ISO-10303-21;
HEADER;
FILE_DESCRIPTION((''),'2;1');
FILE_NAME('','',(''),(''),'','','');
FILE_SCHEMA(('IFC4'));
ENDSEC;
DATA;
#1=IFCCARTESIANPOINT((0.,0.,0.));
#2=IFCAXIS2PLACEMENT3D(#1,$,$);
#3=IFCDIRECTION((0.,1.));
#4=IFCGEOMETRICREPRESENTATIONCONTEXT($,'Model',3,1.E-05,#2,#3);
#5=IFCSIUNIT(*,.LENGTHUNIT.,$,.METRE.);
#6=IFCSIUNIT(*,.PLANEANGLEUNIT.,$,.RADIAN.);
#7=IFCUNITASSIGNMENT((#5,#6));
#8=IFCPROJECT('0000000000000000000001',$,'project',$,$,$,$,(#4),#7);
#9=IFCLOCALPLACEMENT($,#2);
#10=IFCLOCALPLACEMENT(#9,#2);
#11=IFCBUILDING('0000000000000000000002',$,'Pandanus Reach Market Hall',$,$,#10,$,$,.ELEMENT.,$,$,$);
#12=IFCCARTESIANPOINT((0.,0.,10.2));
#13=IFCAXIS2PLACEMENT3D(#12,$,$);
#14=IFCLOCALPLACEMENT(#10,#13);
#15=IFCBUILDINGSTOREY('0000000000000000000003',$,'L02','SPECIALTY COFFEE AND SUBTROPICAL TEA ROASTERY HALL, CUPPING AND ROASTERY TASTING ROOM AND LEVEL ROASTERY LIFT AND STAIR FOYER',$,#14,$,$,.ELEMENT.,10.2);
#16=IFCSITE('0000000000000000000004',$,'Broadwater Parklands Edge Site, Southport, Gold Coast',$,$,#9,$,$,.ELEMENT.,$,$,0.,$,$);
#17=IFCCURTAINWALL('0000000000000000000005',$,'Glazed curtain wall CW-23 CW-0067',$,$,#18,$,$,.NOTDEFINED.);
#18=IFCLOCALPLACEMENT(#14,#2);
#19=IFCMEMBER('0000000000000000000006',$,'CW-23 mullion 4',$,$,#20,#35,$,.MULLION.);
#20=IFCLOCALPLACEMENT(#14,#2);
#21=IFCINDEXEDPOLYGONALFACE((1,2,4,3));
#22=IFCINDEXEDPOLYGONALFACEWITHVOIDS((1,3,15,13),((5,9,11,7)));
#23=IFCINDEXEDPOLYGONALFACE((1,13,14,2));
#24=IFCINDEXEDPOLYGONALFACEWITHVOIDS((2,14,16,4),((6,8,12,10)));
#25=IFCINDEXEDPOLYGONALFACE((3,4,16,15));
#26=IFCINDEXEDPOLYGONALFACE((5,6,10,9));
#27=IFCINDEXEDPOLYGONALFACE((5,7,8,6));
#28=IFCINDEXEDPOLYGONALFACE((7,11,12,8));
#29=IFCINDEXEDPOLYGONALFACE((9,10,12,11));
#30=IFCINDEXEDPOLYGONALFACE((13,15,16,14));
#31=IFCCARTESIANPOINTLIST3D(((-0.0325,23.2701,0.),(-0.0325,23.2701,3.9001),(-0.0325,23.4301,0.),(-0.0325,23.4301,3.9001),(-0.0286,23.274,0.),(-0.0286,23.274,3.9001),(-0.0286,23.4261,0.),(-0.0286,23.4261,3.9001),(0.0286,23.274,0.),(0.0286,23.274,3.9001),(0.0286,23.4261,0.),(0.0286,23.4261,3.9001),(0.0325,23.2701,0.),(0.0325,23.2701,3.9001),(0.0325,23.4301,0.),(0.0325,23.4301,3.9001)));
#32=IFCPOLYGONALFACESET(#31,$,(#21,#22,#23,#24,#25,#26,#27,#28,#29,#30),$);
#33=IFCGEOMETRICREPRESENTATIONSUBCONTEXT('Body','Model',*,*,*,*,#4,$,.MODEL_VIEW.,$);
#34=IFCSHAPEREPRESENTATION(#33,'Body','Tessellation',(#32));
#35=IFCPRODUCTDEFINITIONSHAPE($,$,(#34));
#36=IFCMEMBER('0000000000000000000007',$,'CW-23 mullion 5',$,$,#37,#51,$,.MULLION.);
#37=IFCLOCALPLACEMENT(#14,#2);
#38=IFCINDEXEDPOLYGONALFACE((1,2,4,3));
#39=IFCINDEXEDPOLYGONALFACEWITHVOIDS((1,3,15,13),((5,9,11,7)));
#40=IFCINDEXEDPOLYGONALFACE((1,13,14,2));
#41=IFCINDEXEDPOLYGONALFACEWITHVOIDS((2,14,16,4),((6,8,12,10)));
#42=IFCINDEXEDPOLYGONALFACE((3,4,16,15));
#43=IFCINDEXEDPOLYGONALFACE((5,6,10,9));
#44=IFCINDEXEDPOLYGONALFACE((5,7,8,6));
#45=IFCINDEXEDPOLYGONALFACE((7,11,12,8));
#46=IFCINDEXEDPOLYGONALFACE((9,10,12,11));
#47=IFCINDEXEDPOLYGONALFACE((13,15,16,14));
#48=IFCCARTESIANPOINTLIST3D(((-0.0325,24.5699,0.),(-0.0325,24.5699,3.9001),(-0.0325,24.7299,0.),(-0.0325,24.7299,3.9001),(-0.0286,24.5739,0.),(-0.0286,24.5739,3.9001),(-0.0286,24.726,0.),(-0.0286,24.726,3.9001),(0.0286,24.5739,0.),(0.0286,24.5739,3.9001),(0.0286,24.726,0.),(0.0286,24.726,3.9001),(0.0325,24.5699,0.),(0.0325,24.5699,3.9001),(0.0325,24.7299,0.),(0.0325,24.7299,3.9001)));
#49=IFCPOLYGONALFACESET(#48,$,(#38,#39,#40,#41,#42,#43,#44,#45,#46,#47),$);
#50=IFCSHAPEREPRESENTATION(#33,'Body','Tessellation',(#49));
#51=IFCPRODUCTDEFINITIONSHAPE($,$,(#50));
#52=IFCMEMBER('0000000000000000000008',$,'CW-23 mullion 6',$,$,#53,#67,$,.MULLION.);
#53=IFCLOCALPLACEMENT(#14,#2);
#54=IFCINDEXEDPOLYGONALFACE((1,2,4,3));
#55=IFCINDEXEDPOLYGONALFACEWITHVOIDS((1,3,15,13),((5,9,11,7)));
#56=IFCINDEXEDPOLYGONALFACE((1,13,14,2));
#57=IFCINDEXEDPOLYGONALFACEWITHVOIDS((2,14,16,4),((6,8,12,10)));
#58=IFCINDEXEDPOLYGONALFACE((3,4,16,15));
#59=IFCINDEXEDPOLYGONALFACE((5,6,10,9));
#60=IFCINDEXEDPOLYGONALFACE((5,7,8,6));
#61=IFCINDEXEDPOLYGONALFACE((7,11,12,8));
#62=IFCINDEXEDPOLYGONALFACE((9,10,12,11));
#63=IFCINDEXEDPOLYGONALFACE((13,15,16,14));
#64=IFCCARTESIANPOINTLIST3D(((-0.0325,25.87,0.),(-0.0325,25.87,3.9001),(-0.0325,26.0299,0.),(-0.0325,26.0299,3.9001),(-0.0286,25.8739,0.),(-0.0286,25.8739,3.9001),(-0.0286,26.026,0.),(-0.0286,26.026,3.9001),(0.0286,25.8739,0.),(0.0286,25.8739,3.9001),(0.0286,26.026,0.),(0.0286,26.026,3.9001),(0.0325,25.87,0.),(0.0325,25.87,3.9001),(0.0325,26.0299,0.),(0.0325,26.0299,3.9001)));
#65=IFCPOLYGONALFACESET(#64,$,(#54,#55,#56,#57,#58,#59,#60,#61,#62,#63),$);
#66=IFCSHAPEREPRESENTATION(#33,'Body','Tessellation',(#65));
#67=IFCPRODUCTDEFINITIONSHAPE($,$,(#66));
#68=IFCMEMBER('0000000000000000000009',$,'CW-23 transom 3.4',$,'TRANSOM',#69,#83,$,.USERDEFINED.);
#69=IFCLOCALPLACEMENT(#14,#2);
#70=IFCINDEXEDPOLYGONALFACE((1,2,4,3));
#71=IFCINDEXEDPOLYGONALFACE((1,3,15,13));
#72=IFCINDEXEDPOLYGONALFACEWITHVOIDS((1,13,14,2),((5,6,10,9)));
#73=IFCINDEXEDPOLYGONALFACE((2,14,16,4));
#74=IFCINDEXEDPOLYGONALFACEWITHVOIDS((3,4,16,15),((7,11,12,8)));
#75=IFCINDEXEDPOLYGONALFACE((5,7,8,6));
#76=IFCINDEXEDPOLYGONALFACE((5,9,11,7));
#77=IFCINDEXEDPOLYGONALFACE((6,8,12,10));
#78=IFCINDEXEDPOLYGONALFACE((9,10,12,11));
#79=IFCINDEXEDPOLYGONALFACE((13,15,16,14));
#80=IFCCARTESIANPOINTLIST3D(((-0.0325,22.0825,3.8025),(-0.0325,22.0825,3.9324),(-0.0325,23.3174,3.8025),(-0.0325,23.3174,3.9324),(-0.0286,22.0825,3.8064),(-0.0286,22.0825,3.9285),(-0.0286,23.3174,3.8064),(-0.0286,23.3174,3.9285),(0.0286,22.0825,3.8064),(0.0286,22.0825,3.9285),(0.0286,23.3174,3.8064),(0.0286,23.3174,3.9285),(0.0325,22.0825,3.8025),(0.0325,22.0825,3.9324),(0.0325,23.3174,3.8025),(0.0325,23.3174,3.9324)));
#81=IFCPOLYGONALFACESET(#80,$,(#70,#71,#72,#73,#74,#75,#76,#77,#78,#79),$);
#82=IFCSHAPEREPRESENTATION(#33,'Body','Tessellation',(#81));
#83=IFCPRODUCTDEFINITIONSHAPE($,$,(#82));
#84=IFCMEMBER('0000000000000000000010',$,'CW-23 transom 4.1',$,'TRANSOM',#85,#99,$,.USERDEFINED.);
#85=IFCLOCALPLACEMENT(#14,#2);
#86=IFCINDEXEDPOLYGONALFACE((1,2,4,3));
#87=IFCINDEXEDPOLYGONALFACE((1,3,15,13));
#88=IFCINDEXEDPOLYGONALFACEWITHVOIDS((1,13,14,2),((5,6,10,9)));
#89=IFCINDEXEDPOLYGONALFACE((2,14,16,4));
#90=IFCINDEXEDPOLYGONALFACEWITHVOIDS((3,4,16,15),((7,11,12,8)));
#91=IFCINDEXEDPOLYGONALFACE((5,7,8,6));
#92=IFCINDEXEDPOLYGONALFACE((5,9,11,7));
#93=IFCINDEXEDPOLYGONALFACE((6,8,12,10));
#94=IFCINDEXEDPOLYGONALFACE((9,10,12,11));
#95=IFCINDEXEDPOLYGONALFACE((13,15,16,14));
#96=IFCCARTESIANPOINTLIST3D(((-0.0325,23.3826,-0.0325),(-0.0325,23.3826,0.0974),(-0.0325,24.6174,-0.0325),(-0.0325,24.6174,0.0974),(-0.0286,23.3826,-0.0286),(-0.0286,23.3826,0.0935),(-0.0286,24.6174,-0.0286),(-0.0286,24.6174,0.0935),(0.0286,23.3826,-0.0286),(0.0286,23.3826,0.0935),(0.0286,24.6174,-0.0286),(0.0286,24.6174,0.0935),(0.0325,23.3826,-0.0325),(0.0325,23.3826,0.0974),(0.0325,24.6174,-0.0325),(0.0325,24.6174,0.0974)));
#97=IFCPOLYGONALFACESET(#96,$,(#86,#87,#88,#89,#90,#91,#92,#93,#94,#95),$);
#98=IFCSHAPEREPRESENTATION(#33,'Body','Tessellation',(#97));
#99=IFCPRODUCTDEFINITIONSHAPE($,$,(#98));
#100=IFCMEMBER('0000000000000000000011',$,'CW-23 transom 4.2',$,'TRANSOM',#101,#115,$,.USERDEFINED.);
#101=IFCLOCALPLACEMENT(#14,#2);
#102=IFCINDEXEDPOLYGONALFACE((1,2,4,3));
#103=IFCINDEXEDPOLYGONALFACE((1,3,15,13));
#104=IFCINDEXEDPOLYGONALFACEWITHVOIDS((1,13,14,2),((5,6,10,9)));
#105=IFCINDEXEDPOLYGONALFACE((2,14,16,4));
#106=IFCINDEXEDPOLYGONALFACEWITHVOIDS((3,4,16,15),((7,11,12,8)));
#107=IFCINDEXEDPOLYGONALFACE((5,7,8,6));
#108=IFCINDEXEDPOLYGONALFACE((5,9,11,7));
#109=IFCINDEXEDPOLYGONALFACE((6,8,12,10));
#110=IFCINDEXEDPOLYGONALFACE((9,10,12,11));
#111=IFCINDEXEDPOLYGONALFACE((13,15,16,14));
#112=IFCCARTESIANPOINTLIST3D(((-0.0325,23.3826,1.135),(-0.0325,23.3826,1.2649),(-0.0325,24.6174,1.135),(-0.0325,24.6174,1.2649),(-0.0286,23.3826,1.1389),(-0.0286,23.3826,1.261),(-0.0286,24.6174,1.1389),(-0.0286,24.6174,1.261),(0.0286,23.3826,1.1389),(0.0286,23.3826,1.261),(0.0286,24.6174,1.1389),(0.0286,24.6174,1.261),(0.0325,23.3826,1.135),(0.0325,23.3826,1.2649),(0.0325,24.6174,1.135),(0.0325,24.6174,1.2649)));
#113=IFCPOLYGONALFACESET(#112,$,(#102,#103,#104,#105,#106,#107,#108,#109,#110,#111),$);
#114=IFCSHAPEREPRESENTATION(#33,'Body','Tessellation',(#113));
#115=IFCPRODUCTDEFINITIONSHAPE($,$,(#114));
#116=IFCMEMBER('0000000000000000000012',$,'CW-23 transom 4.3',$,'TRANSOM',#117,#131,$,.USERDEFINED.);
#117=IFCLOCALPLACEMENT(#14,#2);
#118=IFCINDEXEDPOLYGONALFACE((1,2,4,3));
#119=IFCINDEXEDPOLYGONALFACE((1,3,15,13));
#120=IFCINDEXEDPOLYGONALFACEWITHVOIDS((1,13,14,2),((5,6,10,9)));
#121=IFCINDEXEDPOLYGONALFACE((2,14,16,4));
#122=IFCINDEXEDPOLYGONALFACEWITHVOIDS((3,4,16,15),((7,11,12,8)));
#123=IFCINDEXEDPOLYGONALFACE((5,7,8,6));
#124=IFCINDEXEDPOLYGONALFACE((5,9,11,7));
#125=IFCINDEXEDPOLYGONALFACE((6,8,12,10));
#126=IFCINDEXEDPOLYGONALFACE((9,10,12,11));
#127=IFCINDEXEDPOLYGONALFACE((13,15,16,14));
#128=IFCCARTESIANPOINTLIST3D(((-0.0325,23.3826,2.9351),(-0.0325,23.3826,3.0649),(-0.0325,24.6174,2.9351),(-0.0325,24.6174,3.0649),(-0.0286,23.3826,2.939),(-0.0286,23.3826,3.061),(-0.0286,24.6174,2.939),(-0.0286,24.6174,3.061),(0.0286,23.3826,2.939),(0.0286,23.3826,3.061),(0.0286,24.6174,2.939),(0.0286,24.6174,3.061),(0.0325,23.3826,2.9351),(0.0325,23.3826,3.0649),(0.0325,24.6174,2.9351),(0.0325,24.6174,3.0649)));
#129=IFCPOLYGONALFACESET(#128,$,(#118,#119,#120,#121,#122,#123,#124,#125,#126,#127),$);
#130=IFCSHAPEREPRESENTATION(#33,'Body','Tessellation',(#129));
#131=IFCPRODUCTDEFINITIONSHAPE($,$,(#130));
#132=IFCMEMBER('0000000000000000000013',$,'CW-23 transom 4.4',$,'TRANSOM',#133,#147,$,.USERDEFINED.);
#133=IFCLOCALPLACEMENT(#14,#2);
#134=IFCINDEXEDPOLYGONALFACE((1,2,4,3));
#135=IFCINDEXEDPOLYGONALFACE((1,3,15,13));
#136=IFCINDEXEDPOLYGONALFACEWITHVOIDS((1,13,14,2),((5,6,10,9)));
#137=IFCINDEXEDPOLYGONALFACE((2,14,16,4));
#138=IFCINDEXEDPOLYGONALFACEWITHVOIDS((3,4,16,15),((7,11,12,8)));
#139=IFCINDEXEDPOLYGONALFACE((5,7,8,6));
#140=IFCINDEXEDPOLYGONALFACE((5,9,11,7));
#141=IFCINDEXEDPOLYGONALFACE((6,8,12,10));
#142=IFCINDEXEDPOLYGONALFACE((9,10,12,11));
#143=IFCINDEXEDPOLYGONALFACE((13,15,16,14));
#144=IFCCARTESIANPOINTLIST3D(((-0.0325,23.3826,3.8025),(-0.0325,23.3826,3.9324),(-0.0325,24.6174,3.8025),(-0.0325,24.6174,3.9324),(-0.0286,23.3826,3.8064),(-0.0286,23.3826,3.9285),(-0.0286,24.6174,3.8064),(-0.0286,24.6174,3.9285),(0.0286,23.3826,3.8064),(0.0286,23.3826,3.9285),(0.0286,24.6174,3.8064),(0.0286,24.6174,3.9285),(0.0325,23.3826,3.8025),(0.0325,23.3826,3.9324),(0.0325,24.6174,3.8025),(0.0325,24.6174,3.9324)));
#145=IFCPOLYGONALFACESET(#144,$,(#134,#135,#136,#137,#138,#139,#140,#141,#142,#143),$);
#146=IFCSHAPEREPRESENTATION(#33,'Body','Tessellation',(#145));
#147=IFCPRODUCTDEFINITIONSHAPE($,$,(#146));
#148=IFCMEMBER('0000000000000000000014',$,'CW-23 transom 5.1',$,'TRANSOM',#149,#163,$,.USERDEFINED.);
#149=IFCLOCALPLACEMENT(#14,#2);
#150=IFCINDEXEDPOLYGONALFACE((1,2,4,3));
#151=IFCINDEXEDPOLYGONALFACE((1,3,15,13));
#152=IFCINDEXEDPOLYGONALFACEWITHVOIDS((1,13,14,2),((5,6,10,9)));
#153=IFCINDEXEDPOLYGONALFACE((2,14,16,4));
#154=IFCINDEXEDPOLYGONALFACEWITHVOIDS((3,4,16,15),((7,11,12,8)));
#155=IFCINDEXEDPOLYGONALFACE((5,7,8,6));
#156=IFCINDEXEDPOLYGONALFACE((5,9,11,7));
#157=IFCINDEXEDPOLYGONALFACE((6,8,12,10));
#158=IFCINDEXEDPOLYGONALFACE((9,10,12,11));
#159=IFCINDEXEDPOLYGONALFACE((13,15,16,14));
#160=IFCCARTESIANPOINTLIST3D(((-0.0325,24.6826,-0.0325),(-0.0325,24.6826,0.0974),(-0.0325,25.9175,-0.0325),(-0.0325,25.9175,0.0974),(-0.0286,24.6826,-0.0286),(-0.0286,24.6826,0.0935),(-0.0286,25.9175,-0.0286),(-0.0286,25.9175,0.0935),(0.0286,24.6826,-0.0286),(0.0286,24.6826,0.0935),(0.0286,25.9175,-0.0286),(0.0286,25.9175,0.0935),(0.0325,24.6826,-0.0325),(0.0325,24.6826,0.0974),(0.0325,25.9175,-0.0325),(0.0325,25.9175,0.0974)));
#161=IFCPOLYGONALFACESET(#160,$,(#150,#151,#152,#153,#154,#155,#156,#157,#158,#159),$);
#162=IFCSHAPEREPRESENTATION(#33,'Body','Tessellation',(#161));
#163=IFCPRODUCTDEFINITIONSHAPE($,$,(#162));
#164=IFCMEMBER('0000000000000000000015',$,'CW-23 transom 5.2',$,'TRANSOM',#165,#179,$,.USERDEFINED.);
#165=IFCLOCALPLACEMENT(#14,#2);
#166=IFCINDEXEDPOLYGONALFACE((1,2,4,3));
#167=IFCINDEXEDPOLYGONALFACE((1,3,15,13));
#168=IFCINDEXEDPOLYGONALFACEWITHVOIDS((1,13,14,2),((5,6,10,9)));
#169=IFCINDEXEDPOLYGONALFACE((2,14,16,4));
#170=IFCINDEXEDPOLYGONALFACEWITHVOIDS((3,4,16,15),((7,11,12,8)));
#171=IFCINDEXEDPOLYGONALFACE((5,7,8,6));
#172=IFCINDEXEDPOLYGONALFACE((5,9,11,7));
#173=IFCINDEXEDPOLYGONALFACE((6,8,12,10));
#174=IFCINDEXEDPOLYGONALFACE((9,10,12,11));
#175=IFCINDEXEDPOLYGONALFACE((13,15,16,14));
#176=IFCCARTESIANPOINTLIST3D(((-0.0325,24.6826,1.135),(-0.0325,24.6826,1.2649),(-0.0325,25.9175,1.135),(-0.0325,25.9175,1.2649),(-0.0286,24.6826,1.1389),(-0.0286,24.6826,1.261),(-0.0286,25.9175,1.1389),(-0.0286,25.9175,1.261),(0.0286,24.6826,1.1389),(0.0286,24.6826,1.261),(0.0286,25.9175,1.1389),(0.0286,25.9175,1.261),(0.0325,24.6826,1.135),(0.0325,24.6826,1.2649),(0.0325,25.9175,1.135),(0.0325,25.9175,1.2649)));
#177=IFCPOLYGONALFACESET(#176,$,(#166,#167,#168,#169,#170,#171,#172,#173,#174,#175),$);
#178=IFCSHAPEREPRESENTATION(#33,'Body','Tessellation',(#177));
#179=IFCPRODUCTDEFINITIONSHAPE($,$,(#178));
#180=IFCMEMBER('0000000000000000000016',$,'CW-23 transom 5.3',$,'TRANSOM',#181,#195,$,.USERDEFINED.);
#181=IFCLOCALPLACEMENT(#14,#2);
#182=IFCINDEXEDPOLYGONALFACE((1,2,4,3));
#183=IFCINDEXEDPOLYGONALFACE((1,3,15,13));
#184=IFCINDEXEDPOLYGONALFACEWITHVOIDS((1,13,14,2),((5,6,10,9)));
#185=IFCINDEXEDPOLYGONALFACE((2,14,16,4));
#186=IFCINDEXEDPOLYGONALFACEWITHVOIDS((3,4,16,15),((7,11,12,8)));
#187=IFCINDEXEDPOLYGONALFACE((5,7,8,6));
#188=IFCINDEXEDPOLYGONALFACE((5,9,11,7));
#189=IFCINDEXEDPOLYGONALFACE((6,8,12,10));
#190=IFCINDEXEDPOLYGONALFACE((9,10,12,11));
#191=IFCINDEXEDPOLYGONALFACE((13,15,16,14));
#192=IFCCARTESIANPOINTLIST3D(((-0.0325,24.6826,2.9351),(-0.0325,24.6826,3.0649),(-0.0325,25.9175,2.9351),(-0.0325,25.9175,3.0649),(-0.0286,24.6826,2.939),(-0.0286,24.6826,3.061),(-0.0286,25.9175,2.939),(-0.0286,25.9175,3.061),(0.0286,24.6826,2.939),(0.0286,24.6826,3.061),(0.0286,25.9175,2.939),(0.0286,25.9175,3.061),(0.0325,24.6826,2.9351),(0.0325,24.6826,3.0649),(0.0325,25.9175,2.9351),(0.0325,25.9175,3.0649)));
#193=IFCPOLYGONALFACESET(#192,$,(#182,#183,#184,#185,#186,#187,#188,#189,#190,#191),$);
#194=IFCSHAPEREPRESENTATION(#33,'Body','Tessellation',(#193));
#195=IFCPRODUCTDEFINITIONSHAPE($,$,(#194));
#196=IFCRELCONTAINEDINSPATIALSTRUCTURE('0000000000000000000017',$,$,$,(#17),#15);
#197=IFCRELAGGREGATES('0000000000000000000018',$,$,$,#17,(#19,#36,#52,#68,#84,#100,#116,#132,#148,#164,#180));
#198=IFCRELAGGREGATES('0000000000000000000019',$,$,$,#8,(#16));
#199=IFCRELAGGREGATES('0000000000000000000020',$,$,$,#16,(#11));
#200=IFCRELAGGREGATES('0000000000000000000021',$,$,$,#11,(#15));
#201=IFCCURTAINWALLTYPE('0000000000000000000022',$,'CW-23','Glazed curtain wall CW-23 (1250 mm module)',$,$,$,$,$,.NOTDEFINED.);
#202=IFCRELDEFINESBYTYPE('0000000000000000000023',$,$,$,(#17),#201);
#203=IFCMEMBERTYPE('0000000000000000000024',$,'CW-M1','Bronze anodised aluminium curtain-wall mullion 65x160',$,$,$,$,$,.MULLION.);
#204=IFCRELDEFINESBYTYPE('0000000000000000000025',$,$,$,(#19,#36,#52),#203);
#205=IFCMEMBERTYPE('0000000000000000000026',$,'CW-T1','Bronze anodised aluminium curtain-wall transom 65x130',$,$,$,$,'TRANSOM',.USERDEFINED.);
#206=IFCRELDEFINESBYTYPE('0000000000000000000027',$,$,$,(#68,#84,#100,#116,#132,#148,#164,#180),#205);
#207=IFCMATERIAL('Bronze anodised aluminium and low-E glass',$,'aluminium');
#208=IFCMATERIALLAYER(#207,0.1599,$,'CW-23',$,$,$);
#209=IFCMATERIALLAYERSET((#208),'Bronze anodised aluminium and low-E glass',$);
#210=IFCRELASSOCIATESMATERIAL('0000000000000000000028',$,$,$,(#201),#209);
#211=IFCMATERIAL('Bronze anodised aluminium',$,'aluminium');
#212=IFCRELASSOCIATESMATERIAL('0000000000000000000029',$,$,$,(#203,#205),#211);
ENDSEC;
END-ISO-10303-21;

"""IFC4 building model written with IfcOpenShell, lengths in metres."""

from ifc_helpers import new_model, si_unit, direction, frame, origin, origin_2d, place, context, subcontext, project, spatial, hollow_rectangle, extrude, material, layer, layer_set, material_profile, profile_set, type_object, element, aggregate, save


model = new_model("IFC4")

# Units and contexts
model_context = context("Model", 3, precision=1e-05, world=origin(), true_north=direction((0.0, 1.0)))
body_context = subcontext(model_context, "Body", "Model", "MODEL_VIEW")
ifc_project = project(units=[si_unit("LENGTHUNIT", "METRE"), si_unit("PLANEANGLEUNIT", "RADIAN")], contexts=[model_context])

# Site, building, storey
site_placement = place(None, origin())
site = spatial("IfcSite", under=ifc_project, at=site_placement, Name="Broadwater Parklands Edge Site, Southport, Gold Coast", CompositionType="ELEMENT", RefElevation=0.0)
building_placement = place(site_placement, origin())
building = spatial("IfcBuilding", under=site, at=building_placement, Name="Pandanus Reach Market Hall", CompositionType="ELEMENT")
storey_placement = place(building_placement, frame((0.0, 0.0, 10.2)))
storey = spatial("IfcBuildingStorey", under=building, at=storey_placement, Name="L02", Description="SPECIALTY COFFEE AND SUBTROPICAL TEA ROASTERY HALL, CUPPING AND ROASTERY TASTING ROOM AND LEVEL ROASTERY LIFT AND STAIR FOYER", CompositionType="ELEMENT", Elevation=10.2)

# Curtain wall, members
ifc_material_1 = material(Name="Bronze anodised aluminium and low-E glass", Category="aluminium")
ifc_layer_1 = layer(ifc_material_1, 0.1599, Name="CW-23")
ifc_layer_set_1 = layer_set([ifc_layer_1], Name="Bronze anodised aluminium and low-E glass")
curtain_wall_type = type_object("IfcCurtainWallType", Name="CW-23", Description="Glazed curtain wall CW-23 (1250 mm module)", PredefinedType="NOTDEFINED", material=ifc_layer_set_1)
curtain_wall_placement = place(storey_placement, origin())
curtain_wall = element("IfcCurtainWall", 1, at=curtain_wall_placement, inside=storey, type_object=curtain_wall_type, Name="Glazed curtain wall CW-23 CW-0067", PredefinedType="NOTDEFINED")
ifc_material_2 = material(Name="Bronze anodised aluminium", Category="aluminium")
ifc_material_profile_1 = material_profile(ifc_material_2, hollow_rectangle(XDim=0.0649, YDim=0.1599, WallThickness=0.0039, at=origin_2d()), Name="ALU65x160", Category="LoadBearing")
ifc_profile_set_1 = profile_set([ifc_material_profile_1], Name="Bronze anodised aluminium")
member_type_1 = type_object("IfcMemberType", Name="CW-M1", Description="Bronze anodised aluminium curtain-wall mullion 65x160", PredefinedType="MULLION", material=ifc_profile_set_1)
member_1_placement = place(storey_placement, frame((0.0, 23.3501, 0.0), z_axis=(0.0, 0.0, 1.0), x_axis=(-1.0, 0.0, 0.0)))
member_1 = element("IfcMember", 2, at=member_1_placement, type_object=member_type_1, Name="CW-23 mullion 4", PredefinedType="MULLION", context=body_context, shape_type="SweptSolid", body=[
    extrude(hollow_rectangle(XDim=0.0649, YDim=0.1599, WallThickness=0.0039, at=origin_2d()), origin(), (0.0, 0.0, 1.0), 3.9001),
])
member_2_placement = place(storey_placement, frame((0.0, 24.6499, 0.0), z_axis=(0.0, 0.0, 1.0), x_axis=(-1.0, 0.0, 0.0)))
member_2 = element("IfcMember", 3, at=member_2_placement, type_object=member_type_1, Name="CW-23 mullion 5", PredefinedType="MULLION", context=body_context, shape_type="SweptSolid", body=[
    extrude(hollow_rectangle(XDim=0.0649, YDim=0.1599, WallThickness=0.0039, at=origin_2d()), origin(), (0.0, 0.0, 1.0), 3.9001),
])
member_3_placement = place(storey_placement, frame((0.0, 25.95, 0.0), z_axis=(0.0, 0.0, 1.0), x_axis=(-1.0, 0.0, 0.0)))
member_3 = element("IfcMember", 4, at=member_3_placement, type_object=member_type_1, Name="CW-23 mullion 6", PredefinedType="MULLION", context=body_context, shape_type="SweptSolid", body=[
    extrude(hollow_rectangle(XDim=0.0649, YDim=0.1599, WallThickness=0.0039, at=origin_2d()), origin(), (0.0, 0.0, 1.0), 3.9001),
])
ifc_material_profile_2 = material_profile(ifc_material_2, hollow_rectangle(XDim=0.0649, YDim=0.1299, WallThickness=0.0039, at=origin_2d()), Name="ALU65x130", Category="LoadBearing")
ifc_profile_set_2 = profile_set([ifc_material_profile_2], Name="Bronze anodised aluminium")
member_type_2 = type_object("IfcMemberType", Name="CW-T1", Description="Bronze anodised aluminium curtain-wall transom 65x130", ElementType="TRANSOM", PredefinedType="USERDEFINED", material=ifc_profile_set_2)
member_4_placement = place(storey_placement, frame((0.0, 22.0825, 3.8674), z_axis=(0.0, 1.0, 0.0), x_axis=(-1.0, 0.0, 0.0)))
member_4 = element("IfcMember", 5, at=member_4_placement, type_object=member_type_2, Name="CW-23 transom 3.4", ObjectType="TRANSOM", PredefinedType="USERDEFINED", context=body_context, shape_type="SweptSolid", body=[
    extrude(hollow_rectangle(XDim=0.0649, YDim=0.1299, WallThickness=0.0039, at=origin_2d()), origin(), (0.0, 0.0, 1.0), 1.2349),
])
member_5_placement = place(storey_placement, frame((0.0, 23.3826, 0.0325), z_axis=(0.0, 1.0, 0.0), x_axis=(-1.0, 0.0, 0.0)))
member_5 = element("IfcMember", 6, at=member_5_placement, type_object=member_type_2, Name="CW-23 transom 4.1", ObjectType="TRANSOM", PredefinedType="USERDEFINED", context=body_context, shape_type="SweptSolid", body=[
    extrude(hollow_rectangle(XDim=0.0649, YDim=0.1299, WallThickness=0.0039, at=origin_2d()), origin(), (0.0, 0.0, 1.0), 1.2349),
])
member_6_placement = place(storey_placement, frame((0.0, 23.3826, 1.2), z_axis=(0.0, 1.0, 0.0), x_axis=(-1.0, 0.0, 0.0)))
member_6 = element("IfcMember", 7, at=member_6_placement, type_object=member_type_2, Name="CW-23 transom 4.2", ObjectType="TRANSOM", PredefinedType="USERDEFINED", context=body_context, shape_type="SweptSolid", body=[
    extrude(hollow_rectangle(XDim=0.0649, YDim=0.1299, WallThickness=0.0039, at=origin_2d()), origin(), (0.0, 0.0, 1.0), 1.2349),
])
member_7_placement = place(storey_placement, frame((0.0, 23.3826, 3.0), z_axis=(0.0, 1.0, 0.0), x_axis=(-1.0, 0.0, 0.0)))
member_7 = element("IfcMember", 8, at=member_7_placement, type_object=member_type_2, Name="CW-23 transom 4.3", ObjectType="TRANSOM", PredefinedType="USERDEFINED", context=body_context, shape_type="SweptSolid", body=[
    extrude(hollow_rectangle(XDim=0.0649, YDim=0.1299, WallThickness=0.0039, at=origin_2d()), origin(), (0.0, 0.0, 1.0), 1.2349),
])
member_8_placement = place(storey_placement, frame((0.0, 23.3826, 3.8674), z_axis=(0.0, 1.0, 0.0), x_axis=(-1.0, 0.0, 0.0)))
member_8 = element("IfcMember", 9, at=member_8_placement, type_object=member_type_2, Name="CW-23 transom 4.4", ObjectType="TRANSOM", PredefinedType="USERDEFINED", context=body_context, shape_type="SweptSolid", body=[
    extrude(hollow_rectangle(XDim=0.0649, YDim=0.1299, WallThickness=0.0039, at=origin_2d()), origin(), (0.0, 0.0, 1.0), 1.2349),
])
member_9_placement = place(storey_placement, frame((0.0, 24.6826, 0.0325), z_axis=(0.0, 1.0, 0.0), x_axis=(-1.0, 0.0, 0.0)))
member_9 = element("IfcMember", 10, at=member_9_placement, type_object=member_type_2, Name="CW-23 transom 5.1", ObjectType="TRANSOM", PredefinedType="USERDEFINED", context=body_context, shape_type="SweptSolid", body=[
    extrude(hollow_rectangle(XDim=0.0649, YDim=0.1299, WallThickness=0.0039, at=origin_2d()), origin(), (0.0, 0.0, 1.0), 1.2349),
])
member_10_placement = place(storey_placement, frame((0.0, 24.6826, 1.2), z_axis=(0.0, 1.0, 0.0), x_axis=(-1.0, 0.0, 0.0)))
member_10 = element("IfcMember", 11, at=member_10_placement, type_object=member_type_2, Name="CW-23 transom 5.2", ObjectType="TRANSOM", PredefinedType="USERDEFINED", context=body_context, shape_type="SweptSolid", body=[
    extrude(hollow_rectangle(XDim=0.0649, YDim=0.1299, WallThickness=0.0039, at=origin_2d()), origin(), (0.0, 0.0, 1.0), 1.2349),
])
member_11_placement = place(storey_placement, frame((0.0, 24.6826, 3.0), z_axis=(0.0, 1.0, 0.0), x_axis=(-1.0, 0.0, 0.0)))
member_11 = element("IfcMember", 12, at=member_11_placement, type_object=member_type_2, Name="CW-23 transom 5.3", ObjectType="TRANSOM", PredefinedType="USERDEFINED", context=body_context, shape_type="SweptSolid", body=[
    extrude(hollow_rectangle(XDim=0.0649, YDim=0.1299, WallThickness=0.0039, at=origin_2d()), origin(), (0.0, 0.0, 1.0), 1.2349),
])
aggregate(curtain_wall, [member_1, member_2, member_3, member_4, member_5, member_6, member_7, member_8, member_9, member_10, member_11])

save(model, "model.ifc")
